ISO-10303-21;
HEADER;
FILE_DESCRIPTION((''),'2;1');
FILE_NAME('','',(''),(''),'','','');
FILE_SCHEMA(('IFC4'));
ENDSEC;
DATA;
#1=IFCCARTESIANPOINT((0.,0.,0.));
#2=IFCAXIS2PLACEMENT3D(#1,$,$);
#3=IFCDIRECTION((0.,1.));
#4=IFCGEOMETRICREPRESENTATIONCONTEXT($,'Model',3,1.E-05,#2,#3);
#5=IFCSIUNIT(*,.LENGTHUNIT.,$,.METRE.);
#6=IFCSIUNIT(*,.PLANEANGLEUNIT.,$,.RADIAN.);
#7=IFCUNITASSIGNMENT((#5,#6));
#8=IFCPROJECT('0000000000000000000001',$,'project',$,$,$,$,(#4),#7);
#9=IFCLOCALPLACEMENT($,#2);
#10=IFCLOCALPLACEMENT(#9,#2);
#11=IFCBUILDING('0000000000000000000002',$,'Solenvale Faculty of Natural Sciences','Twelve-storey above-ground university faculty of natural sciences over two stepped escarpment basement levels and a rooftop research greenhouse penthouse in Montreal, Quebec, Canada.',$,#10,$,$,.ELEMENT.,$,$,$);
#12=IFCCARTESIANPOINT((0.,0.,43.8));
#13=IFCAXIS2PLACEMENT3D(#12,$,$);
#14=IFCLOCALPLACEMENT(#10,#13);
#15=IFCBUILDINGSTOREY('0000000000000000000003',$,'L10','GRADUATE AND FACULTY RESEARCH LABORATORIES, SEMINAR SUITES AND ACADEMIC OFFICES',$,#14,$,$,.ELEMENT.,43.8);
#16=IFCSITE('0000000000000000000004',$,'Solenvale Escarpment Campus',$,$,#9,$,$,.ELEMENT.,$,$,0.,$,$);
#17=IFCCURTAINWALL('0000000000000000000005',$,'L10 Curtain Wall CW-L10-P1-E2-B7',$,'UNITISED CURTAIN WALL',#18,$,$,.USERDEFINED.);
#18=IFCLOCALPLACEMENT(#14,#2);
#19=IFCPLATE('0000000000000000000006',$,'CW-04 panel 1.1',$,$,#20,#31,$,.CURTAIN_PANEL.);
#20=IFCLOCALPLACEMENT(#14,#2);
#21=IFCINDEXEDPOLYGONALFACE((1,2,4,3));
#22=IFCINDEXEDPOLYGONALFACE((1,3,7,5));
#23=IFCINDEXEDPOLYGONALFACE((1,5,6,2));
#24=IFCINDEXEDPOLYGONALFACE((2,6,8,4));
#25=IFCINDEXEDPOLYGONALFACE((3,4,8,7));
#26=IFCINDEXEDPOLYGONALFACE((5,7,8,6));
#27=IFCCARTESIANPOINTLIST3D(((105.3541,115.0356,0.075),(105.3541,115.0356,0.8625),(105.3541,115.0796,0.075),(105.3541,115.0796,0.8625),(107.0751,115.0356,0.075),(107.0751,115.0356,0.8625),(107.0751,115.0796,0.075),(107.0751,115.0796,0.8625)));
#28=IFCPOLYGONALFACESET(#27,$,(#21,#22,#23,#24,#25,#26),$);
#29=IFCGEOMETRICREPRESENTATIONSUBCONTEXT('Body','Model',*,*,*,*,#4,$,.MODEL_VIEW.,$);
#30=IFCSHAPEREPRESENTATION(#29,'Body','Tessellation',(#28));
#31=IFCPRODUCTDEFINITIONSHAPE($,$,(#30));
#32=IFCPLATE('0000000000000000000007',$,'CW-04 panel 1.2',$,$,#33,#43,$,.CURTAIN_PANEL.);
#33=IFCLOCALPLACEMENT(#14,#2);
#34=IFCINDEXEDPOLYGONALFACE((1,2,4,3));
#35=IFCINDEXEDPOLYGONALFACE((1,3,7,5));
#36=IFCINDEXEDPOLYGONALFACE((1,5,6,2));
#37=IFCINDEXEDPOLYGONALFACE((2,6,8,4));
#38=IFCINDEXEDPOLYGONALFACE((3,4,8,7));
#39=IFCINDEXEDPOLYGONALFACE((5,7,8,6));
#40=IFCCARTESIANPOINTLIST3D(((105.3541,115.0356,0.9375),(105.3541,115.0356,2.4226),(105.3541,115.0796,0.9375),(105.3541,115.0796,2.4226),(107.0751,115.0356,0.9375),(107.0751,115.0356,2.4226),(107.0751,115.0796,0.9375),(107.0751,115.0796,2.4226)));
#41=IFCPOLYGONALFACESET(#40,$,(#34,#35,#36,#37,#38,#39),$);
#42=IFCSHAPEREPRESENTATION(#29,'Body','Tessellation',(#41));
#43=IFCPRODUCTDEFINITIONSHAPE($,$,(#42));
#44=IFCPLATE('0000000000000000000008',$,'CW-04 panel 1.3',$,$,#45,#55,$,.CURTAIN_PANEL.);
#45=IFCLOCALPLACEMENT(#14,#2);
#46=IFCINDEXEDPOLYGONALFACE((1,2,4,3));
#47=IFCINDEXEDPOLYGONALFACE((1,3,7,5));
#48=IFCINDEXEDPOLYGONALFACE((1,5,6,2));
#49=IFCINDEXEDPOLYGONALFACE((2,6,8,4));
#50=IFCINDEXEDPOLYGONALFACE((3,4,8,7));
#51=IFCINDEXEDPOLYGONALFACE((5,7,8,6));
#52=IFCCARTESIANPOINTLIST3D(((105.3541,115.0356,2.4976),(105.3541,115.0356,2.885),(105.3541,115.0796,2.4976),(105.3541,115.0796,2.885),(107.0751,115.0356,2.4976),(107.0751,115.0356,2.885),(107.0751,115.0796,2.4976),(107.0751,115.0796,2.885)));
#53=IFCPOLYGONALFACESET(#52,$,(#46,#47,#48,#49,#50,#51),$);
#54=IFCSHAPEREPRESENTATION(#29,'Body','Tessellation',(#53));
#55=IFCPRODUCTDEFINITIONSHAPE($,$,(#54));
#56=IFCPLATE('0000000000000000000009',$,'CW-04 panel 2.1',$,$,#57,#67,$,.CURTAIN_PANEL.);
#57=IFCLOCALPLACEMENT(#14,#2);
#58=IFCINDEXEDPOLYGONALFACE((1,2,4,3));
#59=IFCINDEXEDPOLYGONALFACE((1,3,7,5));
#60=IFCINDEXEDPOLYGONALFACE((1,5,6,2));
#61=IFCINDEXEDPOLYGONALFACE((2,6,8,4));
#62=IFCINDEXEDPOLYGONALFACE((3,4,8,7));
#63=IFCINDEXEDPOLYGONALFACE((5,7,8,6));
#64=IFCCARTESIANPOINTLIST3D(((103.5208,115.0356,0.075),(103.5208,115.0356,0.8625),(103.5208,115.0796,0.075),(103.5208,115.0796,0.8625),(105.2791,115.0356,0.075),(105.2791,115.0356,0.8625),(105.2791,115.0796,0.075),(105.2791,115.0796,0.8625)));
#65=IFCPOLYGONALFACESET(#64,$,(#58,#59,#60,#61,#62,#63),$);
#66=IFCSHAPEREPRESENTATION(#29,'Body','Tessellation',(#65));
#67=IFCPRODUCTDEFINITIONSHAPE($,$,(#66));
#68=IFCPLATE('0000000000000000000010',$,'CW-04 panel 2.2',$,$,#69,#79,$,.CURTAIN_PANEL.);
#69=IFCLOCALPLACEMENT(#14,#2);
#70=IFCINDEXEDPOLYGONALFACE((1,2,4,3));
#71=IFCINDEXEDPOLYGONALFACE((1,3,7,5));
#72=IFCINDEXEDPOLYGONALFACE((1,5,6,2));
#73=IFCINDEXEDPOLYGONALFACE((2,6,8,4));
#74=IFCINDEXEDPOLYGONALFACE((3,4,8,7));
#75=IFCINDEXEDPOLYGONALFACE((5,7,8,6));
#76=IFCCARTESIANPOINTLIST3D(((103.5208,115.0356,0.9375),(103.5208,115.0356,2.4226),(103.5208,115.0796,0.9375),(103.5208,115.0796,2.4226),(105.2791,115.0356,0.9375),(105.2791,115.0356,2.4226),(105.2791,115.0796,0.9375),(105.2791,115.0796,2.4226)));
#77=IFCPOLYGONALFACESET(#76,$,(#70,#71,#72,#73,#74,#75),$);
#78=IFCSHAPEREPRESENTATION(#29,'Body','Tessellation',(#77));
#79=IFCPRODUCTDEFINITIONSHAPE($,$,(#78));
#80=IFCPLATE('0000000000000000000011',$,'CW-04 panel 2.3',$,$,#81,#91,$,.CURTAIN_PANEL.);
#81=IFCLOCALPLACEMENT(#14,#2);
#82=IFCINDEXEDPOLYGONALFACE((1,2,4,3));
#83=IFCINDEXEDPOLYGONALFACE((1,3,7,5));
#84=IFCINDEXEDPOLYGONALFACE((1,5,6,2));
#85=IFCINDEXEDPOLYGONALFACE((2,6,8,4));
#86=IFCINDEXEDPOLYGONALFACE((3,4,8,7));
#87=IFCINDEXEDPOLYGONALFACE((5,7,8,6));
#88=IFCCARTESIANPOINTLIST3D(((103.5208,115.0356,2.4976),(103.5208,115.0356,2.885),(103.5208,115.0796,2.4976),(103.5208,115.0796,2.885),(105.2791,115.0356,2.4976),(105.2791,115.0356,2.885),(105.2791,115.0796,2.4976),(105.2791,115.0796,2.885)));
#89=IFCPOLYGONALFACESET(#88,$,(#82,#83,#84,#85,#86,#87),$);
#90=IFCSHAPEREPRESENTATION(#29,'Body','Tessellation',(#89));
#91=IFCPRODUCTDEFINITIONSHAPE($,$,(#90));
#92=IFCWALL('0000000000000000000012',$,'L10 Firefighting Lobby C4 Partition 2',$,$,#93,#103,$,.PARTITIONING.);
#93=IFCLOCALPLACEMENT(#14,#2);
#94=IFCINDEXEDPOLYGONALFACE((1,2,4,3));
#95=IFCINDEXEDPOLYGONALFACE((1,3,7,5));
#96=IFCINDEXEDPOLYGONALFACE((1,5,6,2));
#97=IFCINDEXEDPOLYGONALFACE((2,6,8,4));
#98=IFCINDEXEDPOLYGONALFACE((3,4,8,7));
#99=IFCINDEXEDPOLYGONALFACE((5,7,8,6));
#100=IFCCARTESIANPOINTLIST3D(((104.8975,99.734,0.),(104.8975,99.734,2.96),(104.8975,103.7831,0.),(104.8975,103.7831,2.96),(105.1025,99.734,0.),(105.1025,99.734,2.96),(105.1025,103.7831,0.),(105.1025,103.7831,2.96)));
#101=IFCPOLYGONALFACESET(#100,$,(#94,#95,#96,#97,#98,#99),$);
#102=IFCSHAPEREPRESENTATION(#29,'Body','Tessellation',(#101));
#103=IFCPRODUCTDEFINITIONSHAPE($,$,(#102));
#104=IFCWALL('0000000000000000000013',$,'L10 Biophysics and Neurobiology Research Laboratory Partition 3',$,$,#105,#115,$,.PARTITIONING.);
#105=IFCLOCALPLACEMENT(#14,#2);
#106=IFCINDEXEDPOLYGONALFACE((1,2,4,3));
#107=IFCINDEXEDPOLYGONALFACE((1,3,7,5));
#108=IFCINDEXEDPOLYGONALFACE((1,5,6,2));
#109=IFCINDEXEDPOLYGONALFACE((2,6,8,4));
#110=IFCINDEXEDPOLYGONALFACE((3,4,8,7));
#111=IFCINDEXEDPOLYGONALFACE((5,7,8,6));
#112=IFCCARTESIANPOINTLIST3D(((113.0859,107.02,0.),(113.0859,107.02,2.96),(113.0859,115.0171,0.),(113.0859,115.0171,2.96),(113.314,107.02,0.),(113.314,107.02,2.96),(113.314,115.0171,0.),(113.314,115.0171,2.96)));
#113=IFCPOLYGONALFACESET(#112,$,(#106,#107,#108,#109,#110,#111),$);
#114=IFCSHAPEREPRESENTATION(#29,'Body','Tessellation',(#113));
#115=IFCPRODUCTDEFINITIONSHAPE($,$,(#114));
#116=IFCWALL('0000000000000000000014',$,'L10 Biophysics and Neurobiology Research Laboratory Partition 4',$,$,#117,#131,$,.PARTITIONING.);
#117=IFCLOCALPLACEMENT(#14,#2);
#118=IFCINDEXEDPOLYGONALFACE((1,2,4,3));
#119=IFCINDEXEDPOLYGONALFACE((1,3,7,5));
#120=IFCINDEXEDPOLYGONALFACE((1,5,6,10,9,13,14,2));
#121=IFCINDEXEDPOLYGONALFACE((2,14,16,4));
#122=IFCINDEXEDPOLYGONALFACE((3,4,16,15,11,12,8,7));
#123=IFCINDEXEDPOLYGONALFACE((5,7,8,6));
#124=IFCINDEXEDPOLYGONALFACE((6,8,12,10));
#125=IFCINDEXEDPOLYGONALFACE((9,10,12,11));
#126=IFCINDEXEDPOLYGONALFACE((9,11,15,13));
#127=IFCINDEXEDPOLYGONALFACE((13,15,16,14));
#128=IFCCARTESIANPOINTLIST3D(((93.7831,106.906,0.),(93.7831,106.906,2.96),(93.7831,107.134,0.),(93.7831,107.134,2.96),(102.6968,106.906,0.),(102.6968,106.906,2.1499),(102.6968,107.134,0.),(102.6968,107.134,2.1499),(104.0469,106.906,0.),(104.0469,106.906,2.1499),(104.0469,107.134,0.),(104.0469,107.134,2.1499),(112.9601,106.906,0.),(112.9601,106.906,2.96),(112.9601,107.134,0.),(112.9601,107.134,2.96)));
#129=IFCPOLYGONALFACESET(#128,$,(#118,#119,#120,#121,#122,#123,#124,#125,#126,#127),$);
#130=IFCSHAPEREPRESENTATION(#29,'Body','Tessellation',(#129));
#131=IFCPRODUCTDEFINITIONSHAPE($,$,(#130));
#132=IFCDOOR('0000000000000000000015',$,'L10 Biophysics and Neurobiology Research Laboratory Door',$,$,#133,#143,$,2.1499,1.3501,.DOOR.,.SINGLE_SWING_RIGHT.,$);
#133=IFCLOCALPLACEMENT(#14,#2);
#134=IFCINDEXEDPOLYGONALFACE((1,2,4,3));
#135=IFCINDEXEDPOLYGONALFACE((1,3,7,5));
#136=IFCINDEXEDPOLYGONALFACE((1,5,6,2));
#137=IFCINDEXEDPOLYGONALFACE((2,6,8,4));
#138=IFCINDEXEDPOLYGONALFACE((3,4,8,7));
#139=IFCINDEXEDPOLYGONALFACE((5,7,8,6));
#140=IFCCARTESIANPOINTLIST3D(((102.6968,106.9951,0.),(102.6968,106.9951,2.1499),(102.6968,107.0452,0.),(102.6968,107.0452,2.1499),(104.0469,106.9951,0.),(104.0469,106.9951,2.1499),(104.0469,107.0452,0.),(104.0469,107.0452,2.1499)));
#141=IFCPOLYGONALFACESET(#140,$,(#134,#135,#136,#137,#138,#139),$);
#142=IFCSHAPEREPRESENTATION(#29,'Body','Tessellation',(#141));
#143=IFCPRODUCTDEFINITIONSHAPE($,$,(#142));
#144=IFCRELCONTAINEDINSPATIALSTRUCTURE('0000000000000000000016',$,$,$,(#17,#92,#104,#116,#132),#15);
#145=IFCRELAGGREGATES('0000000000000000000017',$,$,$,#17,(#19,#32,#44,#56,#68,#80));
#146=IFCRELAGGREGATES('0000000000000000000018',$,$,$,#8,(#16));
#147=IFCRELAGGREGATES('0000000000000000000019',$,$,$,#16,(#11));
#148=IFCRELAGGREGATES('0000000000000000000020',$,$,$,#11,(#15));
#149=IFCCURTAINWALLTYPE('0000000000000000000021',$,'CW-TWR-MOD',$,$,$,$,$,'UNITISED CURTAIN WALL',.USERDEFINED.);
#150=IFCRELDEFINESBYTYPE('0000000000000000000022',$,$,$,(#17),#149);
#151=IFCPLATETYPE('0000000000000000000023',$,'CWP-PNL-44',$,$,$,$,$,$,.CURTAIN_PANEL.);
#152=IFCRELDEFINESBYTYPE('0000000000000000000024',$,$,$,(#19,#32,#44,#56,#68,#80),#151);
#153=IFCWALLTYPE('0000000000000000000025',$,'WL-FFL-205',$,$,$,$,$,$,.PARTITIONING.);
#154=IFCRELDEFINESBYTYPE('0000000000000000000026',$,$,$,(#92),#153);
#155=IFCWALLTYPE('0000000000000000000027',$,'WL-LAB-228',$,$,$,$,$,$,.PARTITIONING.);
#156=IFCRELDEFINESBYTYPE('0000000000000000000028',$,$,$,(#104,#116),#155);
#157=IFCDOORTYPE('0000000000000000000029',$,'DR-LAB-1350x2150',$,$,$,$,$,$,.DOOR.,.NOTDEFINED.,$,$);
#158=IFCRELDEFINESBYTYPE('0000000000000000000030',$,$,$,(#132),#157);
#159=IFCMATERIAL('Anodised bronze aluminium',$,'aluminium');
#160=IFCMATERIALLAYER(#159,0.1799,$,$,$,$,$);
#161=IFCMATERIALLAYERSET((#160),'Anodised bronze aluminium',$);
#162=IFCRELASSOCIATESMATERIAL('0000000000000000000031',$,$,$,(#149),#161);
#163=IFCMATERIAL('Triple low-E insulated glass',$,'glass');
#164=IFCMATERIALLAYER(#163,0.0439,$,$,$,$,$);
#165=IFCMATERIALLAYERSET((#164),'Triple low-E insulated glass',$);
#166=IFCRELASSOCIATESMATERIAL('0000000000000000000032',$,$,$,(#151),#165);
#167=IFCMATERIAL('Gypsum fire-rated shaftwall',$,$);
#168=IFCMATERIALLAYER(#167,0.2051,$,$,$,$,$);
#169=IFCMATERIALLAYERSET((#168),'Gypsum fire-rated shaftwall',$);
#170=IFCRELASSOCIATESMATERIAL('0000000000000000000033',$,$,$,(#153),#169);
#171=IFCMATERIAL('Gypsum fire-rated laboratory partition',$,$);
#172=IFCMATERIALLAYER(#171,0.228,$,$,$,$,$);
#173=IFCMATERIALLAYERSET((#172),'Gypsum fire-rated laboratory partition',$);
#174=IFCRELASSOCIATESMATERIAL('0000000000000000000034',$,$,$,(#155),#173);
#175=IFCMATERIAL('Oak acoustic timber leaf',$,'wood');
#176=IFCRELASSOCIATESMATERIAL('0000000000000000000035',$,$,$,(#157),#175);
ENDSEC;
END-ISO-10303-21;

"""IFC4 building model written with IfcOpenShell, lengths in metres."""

from ifc_helpers import new_model, si_unit, direction, frame, frame_2d, origin, origin_2d, place, context, subcontext, project, spatial, rectangle, extrude, material, layer, layer_set, type_object, element, fill, aggregate, save


model = new_model("IFC4")

# Units and contexts
model_context = context("Model", 3, precision=1e-05, world=origin(), true_north=direction((0.0, 1.0)))
body_context = subcontext(model_context, "Body", "Model", "MODEL_VIEW")
ifc_project = project(units=[si_unit("LENGTHUNIT", "METRE"), si_unit("PLANEANGLEUNIT", "RADIAN")], contexts=[model_context])

# Site, building, storey
site_placement = place(None, origin())
site = spatial("IfcSite", under=ifc_project, at=site_placement, Name="Solenvale Escarpment Campus", CompositionType="ELEMENT", RefElevation=0.0)
building_placement = place(site_placement, origin())
building = spatial("IfcBuilding", under=site, at=building_placement, Name="Solenvale Faculty of Natural Sciences", Description="Twelve-storey above-ground university faculty of natural sciences over two stepped escarpment basement levels and a rooftop research greenhouse penthouse in Montreal, Quebec, Canada.", CompositionType="ELEMENT")
storey_placement = place(building_placement, frame((0.0, 0.0, 43.8)))
storey = spatial("IfcBuildingStorey", under=building, at=storey_placement, Name="L10", Description="GRADUATE AND FACULTY RESEARCH LABORATORIES, SEMINAR SUITES AND ACADEMIC OFFICES", CompositionType="ELEMENT", Elevation=43.8)

# Curtain wall, plates
ifc_material_1 = material(Name="Anodised bronze aluminium", Category="aluminium")
ifc_layer_1 = layer(ifc_material_1, 0.1799)
ifc_layer_set_1 = layer_set([ifc_layer_1], Name="Anodised bronze aluminium")
curtain_wall_type = type_object("IfcCurtainWallType", Name="CW-TWR-MOD", ElementType="UNITISED CURTAIN WALL", PredefinedType="USERDEFINED", material=ifc_layer_set_1)
curtain_wall_placement = place(storey_placement, origin())
curtain_wall = element("IfcCurtainWall", 1, at=curtain_wall_placement, inside=storey, type_object=curtain_wall_type, Name="L10 Curtain Wall CW-L10-P1-E2-B7", ObjectType="UNITISED CURTAIN WALL", PredefinedType="USERDEFINED")
ifc_material_2 = material(Name="Triple low-E insulated glass", Category="glass")
ifc_layer_2 = layer(ifc_material_2, 0.0439)
ifc_layer_set_2 = layer_set([ifc_layer_2], Name="Triple low-E insulated glass")
plate_type = type_object("IfcPlateType", Name="CWP-PNL-44", PredefinedType="CURTAIN_PANEL", material=ifc_layer_set_2)
plate_1_placement = place(storey_placement, frame((106.2146, 115.0576, 0.075), z_axis=(0.0, 0.0, 1.0), x_axis=(-1.0, 0.0, 0.0)))
plate_1 = element("IfcPlate", 2, at=plate_1_placement, type_object=plate_type, Name="CW-04 panel 1.1", PredefinedType="CURTAIN_PANEL", context=body_context, shape_type="SweptSolid", body=[
    extrude(rectangle(XDim=1.7209, YDim=0.0439, at=origin_2d()), origin(), (0.0, 0.0, 1.0), 0.7876),
])
plate_2_placement = place(storey_placement, frame((106.2146, 115.0576, 0.9375), z_axis=(0.0, 0.0, 1.0), x_axis=(-1.0, 0.0, 0.0)))
plate_2 = element("IfcPlate", 3, at=plate_2_placement, type_object=plate_type, Name="CW-04 panel 1.2", PredefinedType="CURTAIN_PANEL", context=body_context, shape_type="SweptSolid", body=[
    extrude(rectangle(XDim=1.7209, YDim=0.0439, at=origin_2d()), origin(), (0.0, 0.0, 1.0), 1.4851),
])
plate_3_placement = place(storey_placement, frame((106.2146, 115.0576, 2.4976), z_axis=(0.0, 0.0, 1.0), x_axis=(-1.0, 0.0, 0.0)))
plate_3 = element("IfcPlate", 4, at=plate_3_placement, type_object=plate_type, Name="CW-04 panel 1.3", PredefinedType="CURTAIN_PANEL", context=body_context, shape_type="SweptSolid", body=[
    extrude(rectangle(XDim=1.7209, YDim=0.0439, at=origin_2d()), origin(), (0.0, 0.0, 1.0), 0.3875),
])
plate_4_placement = place(storey_placement, frame((104.3999, 115.0576, 0.075), z_axis=(0.0, 0.0, 1.0), x_axis=(-1.0, 0.0, 0.0)))
plate_4 = element("IfcPlate", 5, at=plate_4_placement, type_object=plate_type, Name="CW-04 panel 2.1", PredefinedType="CURTAIN_PANEL", context=body_context, shape_type="SweptSolid", body=[
    extrude(rectangle(XDim=1.7583, YDim=0.0439, at=origin_2d()), origin(), (0.0, 0.0, 1.0), 0.7876),
])
plate_5_placement = place(storey_placement, frame((104.3999, 115.0576, 0.9375), z_axis=(0.0, 0.0, 1.0), x_axis=(-1.0, 0.0, 0.0)))
plate_5 = element("IfcPlate", 6, at=plate_5_placement, type_object=plate_type, Name="CW-04 panel 2.2", PredefinedType="CURTAIN_PANEL", context=body_context, shape_type="SweptSolid", body=[
    extrude(rectangle(XDim=1.7583, YDim=0.0439, at=origin_2d()), origin(), (0.0, 0.0, 1.0), 1.4851),
])
plate_6_placement = place(storey_placement, frame((104.3999, 115.0576, 2.4976), z_axis=(0.0, 0.0, 1.0), x_axis=(-1.0, 0.0, 0.0)))
plate_6 = element("IfcPlate", 7, at=plate_6_placement, type_object=plate_type, Name="CW-04 panel 2.3", PredefinedType="CURTAIN_PANEL", context=body_context, shape_type="SweptSolid", body=[
    extrude(rectangle(XDim=1.7583, YDim=0.0439, at=origin_2d()), origin(), (0.0, 0.0, 1.0), 0.3875),
])
aggregate(curtain_wall, [plate_1, plate_2, plate_3, plate_4, plate_5, plate_6])

# Walls
ifc_material_3 = material(Name="Gypsum fire-rated shaftwall")
ifc_layer_3 = layer(ifc_material_3, 0.2051)
ifc_layer_set_3 = layer_set([ifc_layer_3], Name="Gypsum fire-rated shaftwall")
wall_type_1 = type_object("IfcWallType", Name="WL-FFL-205", PredefinedType="PARTITIONING", material=ifc_layer_set_3)
wall_1_placement = place(storey_placement, frame((105.0, 103.783, 0.0), z_axis=(0.0, 0.0, 1.0), x_axis=(0.0, -1.0, 0.0)))
element("IfcWall", 8, at=wall_1_placement, inside=storey, type_object=wall_type_1, Name="L10 Firefighting Lobby C4 Partition 2", PredefinedType="PARTITIONING", context=body_context, shape_type="SweptSolid", body=[
    extrude(rectangle(XDim=4.0491, YDim=0.2051, at=frame_2d((2.0244, 0.0))), origin(), (0.0, 0.0, 1.0), 2.96),
])
ifc_material_4 = material(Name="Gypsum fire-rated laboratory partition")
ifc_layer_4 = layer(ifc_material_4, 0.228)
ifc_layer_set_4 = layer_set([ifc_layer_4], Name="Gypsum fire-rated laboratory partition")
wall_type_2 = type_object("IfcWallType", Name="WL-LAB-228", PredefinedType="PARTITIONING", material=ifc_layer_set_4)
wall_2_placement = place(storey_placement, frame((113.2, 115.0171, 0.0), z_axis=(0.0, 0.0, 1.0), x_axis=(0.0, -1.0, 0.0)))
element("IfcWall", 9, at=wall_2_placement, inside=storey, type_object=wall_type_2, Name="L10 Biophysics and Neurobiology Research Laboratory Partition 3", PredefinedType="PARTITIONING", context=body_context, shape_type="SweptSolid", body=[
    extrude(rectangle(XDim=7.9971, YDim=0.228, at=frame_2d((3.9985, 0.0))), origin(), (0.0, 0.0, 1.0), 2.96),
])

# Wall, opening, door
wall_3_placement = place(storey_placement, frame((112.96, 107.02, 0.0), z_axis=(0.0, 0.0, 1.0), x_axis=(-1.0, 0.0, 0.0)))
wall_3 = element("IfcWall", 10, at=wall_3_placement, inside=storey, type_object=wall_type_2, Name="L10 Biophysics and Neurobiology Research Laboratory Partition 4", PredefinedType="PARTITIONING", context=body_context, shape_type="SweptSolid", body=[
    extrude(rectangle(XDim=19.177, YDim=0.228, at=frame_2d((9.5884, 0.0))), origin(), (0.0, 0.0, 1.0), 2.96),
])
opening_placement = place(wall_3_placement, frame((8.9131, 0.0, 0.0)))
opening = element("IfcOpeningElement", 11, at=opening_placement, cuts=wall_3, PredefinedType="OPENING", context=body_context, shape_type="SweptSolid", body=[
    extrude(rectangle(XDim=1.3501, YDim=2.1499, at=frame_2d((0.675, 1.075))), frame((0.0, 0.124, 0.0), z_axis=(0.0, -1.0, 0.0), x_axis=(1.0, 0.0, 0.0)), (0.0, 0.0, 1.0), 0.248),
])
ifc_material_5 = material(Name="Oak acoustic timber leaf", Category="wood")
door_type = type_object("IfcDoorType", Name="DR-LAB-1350x2150", OperationType="NOTDEFINED", PredefinedType="DOOR", material=ifc_material_5)
door_placement = place(opening_placement, origin())
door = element("IfcDoor", 12, at=door_placement, inside=storey, type_object=door_type, Name="L10 Biophysics and Neurobiology Research Laboratory Door", OperationType="SINGLE_SWING_RIGHT", OverallHeight=2.1499, OverallWidth=1.3501, PredefinedType="DOOR", context=body_context, shape_type="SweptSolid", body=[
    extrude(rectangle(XDim=1.3501, YDim=2.1499, at=frame_2d((0.675, 1.075))), frame((0.0, 0.0249, 0.0), z_axis=(0.0, -1.0, 0.0), x_axis=(1.0, 0.0, 0.0)), (0.0, 0.0, 1.0), 0.05),
])
fill(opening, door)

save(model, "model.ifc")
